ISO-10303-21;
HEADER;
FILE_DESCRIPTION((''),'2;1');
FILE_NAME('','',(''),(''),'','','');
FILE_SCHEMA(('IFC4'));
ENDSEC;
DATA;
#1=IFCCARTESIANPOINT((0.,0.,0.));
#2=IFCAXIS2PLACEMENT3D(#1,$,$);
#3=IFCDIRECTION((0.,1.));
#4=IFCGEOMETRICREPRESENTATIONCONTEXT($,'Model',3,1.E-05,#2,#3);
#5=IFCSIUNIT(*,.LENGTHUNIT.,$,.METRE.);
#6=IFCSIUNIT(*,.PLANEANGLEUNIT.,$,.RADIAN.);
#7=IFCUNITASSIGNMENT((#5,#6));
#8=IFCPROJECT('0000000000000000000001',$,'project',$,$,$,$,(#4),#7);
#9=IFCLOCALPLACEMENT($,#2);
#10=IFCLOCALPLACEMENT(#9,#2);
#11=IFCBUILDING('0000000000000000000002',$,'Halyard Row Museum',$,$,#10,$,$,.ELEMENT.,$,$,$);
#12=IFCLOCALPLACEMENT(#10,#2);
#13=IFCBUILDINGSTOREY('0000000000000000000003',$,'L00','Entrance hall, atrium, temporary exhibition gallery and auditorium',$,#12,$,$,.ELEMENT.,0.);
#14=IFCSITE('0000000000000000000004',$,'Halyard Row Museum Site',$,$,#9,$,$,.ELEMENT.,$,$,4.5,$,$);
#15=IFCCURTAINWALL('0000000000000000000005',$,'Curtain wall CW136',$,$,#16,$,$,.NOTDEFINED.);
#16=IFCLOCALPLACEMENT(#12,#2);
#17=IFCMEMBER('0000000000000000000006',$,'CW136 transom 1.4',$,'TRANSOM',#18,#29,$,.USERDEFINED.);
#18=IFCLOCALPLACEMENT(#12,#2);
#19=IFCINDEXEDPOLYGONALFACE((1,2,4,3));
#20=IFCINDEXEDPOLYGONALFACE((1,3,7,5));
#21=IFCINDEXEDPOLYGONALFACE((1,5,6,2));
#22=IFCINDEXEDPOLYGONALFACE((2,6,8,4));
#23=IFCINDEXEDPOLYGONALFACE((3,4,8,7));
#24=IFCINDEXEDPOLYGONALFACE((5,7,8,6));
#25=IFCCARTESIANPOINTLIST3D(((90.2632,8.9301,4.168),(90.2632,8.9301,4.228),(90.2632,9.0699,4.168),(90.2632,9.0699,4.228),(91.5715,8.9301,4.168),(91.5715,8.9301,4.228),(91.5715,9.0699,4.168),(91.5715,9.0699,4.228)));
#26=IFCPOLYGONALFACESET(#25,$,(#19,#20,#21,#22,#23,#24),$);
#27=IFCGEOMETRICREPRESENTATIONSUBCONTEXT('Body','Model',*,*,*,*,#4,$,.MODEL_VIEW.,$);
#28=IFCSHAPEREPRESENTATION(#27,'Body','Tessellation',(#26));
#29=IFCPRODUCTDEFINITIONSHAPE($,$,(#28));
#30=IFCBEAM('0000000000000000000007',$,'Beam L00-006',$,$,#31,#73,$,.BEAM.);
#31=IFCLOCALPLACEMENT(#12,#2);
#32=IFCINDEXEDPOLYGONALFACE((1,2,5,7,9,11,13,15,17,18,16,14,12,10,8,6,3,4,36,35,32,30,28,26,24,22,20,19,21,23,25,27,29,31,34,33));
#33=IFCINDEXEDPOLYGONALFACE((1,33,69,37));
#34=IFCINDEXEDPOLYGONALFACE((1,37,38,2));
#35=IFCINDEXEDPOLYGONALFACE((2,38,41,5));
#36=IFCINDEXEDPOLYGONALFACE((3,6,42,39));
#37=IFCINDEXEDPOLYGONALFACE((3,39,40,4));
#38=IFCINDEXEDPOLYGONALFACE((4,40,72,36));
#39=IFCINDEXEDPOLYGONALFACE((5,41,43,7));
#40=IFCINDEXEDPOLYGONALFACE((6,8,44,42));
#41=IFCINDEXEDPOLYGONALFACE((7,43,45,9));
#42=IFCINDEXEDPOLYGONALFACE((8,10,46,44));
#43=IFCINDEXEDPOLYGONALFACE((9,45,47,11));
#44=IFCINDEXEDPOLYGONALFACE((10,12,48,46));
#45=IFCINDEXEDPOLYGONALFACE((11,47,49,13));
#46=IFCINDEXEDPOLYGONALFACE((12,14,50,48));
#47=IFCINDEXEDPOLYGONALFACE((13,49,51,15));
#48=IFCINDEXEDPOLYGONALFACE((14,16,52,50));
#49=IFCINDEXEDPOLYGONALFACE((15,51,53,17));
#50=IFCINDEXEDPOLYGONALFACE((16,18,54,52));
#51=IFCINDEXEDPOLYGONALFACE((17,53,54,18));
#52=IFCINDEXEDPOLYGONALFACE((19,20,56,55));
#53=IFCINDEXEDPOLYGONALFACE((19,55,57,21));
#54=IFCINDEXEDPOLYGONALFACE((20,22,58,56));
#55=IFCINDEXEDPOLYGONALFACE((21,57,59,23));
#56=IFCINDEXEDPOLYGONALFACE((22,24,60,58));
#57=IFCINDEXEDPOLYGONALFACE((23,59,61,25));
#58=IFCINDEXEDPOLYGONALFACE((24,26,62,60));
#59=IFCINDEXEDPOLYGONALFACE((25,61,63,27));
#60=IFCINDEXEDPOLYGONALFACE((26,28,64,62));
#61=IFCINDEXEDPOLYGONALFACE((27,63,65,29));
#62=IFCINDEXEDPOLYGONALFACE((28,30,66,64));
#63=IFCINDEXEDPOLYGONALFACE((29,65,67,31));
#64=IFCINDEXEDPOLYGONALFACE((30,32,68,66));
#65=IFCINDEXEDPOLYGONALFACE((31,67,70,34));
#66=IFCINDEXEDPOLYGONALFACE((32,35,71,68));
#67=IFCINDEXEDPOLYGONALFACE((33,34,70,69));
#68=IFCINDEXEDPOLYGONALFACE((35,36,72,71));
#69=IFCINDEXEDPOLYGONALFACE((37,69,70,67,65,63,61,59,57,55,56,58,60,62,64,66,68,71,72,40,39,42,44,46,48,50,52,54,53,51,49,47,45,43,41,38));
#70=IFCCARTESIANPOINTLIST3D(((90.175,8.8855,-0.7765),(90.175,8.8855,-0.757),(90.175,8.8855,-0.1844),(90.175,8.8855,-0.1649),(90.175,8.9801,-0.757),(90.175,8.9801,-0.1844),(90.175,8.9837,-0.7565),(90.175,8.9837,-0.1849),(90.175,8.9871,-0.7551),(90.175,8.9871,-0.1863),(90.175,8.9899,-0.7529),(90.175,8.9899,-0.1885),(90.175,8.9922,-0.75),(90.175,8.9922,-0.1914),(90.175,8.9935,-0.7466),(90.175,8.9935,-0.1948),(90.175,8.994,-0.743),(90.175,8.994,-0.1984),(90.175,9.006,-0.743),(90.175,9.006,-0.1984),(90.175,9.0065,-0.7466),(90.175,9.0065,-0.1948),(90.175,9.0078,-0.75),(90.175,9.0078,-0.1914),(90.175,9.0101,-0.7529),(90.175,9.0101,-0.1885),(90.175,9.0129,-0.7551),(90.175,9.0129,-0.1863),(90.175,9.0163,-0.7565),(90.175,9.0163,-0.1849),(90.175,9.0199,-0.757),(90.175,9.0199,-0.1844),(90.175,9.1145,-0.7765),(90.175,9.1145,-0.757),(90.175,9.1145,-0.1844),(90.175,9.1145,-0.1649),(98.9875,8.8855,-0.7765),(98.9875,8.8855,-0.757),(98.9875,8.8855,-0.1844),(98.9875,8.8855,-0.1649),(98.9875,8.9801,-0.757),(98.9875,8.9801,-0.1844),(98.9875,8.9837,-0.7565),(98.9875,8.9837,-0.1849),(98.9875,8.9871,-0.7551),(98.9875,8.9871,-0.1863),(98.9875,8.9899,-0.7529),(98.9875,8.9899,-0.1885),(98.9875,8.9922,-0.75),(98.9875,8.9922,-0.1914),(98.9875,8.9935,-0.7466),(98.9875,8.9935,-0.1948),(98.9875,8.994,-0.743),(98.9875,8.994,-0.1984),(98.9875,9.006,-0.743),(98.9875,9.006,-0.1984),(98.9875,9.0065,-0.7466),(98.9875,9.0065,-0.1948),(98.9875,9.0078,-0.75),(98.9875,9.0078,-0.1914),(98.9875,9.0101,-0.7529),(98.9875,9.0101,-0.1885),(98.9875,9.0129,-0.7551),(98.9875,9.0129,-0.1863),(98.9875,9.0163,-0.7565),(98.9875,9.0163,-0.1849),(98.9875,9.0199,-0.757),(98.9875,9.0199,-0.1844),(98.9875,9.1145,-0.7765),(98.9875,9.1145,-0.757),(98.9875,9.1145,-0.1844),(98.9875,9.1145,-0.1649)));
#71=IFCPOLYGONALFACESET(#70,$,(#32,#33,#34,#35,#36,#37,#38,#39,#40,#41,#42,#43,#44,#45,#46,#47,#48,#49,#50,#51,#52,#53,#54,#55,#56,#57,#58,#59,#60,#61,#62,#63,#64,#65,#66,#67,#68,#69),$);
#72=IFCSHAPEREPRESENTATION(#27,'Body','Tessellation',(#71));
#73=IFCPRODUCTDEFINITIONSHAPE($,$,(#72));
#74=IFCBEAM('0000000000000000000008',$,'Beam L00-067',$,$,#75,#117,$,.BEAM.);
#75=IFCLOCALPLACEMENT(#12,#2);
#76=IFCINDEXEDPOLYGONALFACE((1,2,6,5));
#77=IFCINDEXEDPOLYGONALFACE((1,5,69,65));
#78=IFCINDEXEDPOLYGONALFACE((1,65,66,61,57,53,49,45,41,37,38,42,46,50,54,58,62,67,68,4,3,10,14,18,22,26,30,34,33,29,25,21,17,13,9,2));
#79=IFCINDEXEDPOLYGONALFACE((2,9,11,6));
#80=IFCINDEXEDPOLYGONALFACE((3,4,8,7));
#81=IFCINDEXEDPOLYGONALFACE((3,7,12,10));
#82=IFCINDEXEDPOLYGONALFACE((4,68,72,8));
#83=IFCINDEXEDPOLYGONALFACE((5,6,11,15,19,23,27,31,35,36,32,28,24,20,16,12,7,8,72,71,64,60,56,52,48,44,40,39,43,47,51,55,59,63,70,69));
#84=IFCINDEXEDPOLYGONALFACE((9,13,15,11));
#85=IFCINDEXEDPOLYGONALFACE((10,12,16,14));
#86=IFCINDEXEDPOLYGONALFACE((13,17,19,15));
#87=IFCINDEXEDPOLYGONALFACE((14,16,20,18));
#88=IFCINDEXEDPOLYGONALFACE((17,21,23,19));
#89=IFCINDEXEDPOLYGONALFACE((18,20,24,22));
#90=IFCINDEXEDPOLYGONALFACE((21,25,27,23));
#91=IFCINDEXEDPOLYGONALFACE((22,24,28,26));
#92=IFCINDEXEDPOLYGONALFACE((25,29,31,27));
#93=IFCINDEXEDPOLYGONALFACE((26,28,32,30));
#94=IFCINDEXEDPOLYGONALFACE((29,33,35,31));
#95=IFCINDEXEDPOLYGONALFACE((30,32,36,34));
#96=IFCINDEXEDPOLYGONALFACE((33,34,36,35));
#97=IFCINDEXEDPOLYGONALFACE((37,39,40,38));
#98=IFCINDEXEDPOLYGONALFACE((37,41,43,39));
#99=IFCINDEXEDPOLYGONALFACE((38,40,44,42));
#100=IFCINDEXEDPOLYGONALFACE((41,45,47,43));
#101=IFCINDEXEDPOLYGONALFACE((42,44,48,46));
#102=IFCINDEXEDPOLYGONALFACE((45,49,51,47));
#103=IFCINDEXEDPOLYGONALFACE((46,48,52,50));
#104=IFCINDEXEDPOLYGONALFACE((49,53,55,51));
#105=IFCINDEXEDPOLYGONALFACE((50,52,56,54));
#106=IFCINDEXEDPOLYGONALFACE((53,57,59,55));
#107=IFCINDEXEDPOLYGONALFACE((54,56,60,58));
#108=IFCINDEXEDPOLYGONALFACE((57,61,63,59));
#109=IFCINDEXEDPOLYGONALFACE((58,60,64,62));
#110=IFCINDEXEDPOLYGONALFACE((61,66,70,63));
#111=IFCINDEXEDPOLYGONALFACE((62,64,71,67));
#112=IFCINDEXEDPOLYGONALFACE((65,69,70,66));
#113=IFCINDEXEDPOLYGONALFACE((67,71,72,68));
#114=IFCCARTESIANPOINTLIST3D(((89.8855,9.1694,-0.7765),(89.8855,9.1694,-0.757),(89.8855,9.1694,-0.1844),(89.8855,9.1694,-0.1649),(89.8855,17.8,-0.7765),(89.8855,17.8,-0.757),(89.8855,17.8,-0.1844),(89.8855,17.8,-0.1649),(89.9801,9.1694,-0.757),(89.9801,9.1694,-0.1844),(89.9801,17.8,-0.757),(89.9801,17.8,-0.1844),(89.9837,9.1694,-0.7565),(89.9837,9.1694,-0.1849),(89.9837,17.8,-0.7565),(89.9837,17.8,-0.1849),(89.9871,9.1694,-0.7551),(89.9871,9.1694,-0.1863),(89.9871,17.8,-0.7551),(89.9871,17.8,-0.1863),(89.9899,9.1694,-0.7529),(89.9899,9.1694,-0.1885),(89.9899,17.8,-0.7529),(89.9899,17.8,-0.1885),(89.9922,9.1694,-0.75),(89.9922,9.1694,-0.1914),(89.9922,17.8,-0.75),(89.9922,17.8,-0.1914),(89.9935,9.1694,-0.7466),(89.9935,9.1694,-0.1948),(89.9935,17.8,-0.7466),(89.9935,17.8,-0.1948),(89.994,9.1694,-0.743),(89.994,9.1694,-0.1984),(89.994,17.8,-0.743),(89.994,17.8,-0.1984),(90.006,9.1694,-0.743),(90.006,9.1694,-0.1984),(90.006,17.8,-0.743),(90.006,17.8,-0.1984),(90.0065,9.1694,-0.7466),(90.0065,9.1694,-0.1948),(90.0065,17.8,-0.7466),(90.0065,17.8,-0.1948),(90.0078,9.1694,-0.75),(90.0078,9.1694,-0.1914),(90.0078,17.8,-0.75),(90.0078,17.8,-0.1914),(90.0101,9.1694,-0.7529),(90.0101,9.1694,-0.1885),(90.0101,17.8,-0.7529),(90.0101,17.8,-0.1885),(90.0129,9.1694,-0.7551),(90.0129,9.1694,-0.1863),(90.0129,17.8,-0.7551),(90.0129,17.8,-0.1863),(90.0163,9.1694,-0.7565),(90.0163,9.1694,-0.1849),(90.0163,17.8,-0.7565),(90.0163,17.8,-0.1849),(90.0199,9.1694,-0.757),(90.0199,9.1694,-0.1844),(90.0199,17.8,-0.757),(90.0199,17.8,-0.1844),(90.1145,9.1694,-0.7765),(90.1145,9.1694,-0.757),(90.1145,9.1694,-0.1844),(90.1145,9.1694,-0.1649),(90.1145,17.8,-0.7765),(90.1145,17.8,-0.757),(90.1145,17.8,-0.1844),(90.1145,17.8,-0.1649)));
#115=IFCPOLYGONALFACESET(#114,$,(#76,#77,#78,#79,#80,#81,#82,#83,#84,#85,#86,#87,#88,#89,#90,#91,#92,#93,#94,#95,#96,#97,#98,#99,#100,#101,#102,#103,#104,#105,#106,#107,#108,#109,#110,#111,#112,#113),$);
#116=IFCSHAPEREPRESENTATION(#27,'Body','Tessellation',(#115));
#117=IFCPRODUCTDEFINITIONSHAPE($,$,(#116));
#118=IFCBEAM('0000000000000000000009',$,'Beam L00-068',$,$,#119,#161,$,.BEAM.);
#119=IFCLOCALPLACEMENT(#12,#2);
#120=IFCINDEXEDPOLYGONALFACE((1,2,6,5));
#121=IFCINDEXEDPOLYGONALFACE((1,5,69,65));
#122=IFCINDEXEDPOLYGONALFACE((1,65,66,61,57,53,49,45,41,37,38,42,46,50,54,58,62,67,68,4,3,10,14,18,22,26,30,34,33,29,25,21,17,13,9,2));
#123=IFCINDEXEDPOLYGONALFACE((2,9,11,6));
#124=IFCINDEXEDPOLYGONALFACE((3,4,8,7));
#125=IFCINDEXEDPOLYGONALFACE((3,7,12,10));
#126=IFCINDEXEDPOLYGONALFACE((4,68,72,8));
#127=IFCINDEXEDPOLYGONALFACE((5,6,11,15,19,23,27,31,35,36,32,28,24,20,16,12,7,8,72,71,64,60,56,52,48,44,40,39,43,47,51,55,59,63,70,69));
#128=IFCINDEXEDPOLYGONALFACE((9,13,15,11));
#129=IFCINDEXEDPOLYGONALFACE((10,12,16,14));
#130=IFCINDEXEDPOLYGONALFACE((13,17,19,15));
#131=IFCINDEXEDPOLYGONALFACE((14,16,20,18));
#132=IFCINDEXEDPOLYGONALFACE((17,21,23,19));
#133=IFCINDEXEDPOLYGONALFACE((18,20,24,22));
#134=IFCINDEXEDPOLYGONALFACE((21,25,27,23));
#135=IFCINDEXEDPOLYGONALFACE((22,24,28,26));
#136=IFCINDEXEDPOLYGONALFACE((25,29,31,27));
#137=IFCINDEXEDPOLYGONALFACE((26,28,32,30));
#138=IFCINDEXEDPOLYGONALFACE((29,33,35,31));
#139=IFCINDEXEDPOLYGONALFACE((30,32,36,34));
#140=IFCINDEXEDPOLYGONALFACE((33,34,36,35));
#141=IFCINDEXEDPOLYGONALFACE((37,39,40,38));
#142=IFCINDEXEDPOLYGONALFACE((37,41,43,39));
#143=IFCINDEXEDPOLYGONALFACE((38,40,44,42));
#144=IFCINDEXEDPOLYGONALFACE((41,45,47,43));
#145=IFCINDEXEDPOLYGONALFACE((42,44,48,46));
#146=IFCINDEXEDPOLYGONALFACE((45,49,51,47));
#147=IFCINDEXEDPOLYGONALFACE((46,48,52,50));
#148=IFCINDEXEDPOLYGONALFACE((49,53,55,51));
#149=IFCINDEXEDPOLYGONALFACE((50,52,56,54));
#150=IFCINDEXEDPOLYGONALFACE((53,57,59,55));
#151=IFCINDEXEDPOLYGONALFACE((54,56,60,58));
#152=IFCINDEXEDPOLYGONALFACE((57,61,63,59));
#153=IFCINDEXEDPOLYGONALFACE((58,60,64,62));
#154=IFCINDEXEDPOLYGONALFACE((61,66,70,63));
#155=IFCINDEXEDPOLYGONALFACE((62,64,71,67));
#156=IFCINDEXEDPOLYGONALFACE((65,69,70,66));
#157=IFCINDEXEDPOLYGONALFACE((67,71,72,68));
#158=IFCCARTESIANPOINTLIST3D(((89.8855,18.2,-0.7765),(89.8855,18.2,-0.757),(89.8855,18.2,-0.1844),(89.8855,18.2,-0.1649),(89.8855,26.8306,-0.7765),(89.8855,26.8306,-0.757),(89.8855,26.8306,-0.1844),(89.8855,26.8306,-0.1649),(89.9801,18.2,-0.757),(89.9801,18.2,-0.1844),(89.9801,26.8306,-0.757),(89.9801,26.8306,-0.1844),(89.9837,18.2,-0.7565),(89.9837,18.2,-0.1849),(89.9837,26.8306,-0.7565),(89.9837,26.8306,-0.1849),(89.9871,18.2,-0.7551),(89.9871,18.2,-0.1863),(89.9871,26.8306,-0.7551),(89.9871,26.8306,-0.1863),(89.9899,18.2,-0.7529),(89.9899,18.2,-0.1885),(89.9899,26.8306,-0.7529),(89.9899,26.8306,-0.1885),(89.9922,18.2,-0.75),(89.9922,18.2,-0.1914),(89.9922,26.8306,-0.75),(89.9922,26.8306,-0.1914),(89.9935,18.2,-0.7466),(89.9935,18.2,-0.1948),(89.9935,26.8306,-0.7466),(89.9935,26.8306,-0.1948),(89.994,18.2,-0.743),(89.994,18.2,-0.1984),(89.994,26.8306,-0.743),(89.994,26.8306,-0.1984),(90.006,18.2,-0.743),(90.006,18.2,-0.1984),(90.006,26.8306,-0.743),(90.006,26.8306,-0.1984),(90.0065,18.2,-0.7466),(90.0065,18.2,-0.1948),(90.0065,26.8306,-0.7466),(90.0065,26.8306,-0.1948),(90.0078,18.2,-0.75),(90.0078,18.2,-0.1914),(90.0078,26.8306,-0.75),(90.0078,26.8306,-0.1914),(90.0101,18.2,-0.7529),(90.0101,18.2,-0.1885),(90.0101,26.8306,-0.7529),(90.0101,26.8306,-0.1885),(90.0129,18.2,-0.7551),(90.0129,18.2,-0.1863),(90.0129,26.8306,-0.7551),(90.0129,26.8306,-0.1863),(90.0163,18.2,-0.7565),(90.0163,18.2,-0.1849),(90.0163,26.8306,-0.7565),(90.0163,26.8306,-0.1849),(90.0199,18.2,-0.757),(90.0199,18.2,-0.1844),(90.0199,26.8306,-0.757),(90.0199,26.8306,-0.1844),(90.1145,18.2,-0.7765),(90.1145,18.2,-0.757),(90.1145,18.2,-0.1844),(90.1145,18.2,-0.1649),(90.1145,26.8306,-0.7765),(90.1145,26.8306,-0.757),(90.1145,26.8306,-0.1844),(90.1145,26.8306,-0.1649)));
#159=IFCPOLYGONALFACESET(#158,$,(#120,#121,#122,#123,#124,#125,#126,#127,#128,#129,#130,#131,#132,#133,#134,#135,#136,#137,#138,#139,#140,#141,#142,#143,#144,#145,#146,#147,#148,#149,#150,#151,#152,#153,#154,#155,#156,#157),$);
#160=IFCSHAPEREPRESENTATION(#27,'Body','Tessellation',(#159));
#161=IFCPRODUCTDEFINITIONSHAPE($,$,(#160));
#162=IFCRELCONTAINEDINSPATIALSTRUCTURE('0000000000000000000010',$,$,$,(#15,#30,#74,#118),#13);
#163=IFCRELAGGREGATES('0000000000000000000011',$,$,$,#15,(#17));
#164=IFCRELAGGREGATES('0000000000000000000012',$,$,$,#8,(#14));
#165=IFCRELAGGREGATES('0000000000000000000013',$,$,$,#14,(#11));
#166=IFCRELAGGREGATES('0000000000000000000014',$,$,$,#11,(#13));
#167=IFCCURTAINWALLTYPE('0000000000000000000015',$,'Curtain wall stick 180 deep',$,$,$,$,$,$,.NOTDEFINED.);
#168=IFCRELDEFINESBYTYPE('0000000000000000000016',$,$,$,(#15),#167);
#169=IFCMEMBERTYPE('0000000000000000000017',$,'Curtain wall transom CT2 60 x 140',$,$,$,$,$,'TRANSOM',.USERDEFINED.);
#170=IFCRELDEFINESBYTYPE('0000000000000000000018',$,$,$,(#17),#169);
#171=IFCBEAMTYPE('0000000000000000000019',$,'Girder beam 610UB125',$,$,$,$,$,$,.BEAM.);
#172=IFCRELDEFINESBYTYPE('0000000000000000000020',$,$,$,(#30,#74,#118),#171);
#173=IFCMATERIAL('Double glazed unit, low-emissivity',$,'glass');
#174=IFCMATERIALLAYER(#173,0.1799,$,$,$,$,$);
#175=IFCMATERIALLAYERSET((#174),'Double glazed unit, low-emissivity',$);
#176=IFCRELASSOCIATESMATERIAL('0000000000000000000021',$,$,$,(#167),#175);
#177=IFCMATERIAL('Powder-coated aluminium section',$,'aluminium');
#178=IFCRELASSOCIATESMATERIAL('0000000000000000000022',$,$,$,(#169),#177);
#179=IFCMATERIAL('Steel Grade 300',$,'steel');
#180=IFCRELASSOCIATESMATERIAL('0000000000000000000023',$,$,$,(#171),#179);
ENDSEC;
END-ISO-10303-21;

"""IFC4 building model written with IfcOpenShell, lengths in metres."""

from ifc_helpers import new_model, si_unit, direction, frame, origin, origin_2d, place, context, subcontext, project, spatial, rectangle, i_section, extrude, material, layer, layer_set, material_profile, profile_set, type_object, element, aggregate, save


model = new_model("IFC4")

# Units and contexts
model_context = context("Model", 3, precision=1e-05, world=origin(), true_north=direction((0.0, 1.0)))
body_context = subcontext(model_context, "Body", "Model", "MODEL_VIEW")
ifc_project = project(units=[si_unit("LENGTHUNIT", "METRE"), si_unit("PLANEANGLEUNIT", "RADIAN")], contexts=[model_context])

# Site, building, storey
site_placement = place(None, origin())
site = spatial("IfcSite", under=ifc_project, at=site_placement, Name="Halyard Row Museum Site", CompositionType="ELEMENT", RefElevation=4.5)
building_placement = place(site_placement, origin())
building = spatial("IfcBuilding", under=site, at=building_placement, Name="Halyard Row Museum", CompositionType="ELEMENT")
storey_placement = place(building_placement, origin())
storey = spatial("IfcBuildingStorey", under=building, at=storey_placement, Name="L00", Description="Entrance hall, atrium, temporary exhibition gallery and auditorium", CompositionType="ELEMENT", Elevation=0.0)

# Shared definitions
ifc_material_1 = material(Name="Double glazed unit, low-emissivity", Category="glass")
ifc_layer_1 = layer(ifc_material_1, 0.1799)
ifc_layer_set_1 = layer_set([ifc_layer_1], Name="Double glazed unit, low-emissivity")
curtain_wall_type = type_object("IfcCurtainWallType", Name="Curtain wall stick 180 deep", PredefinedType="NOTDEFINED", material=ifc_layer_set_1)

# Curtain wall
curtain_wall_1_placement = place(storey_placement, origin())
curtain_wall_1 = element("IfcCurtainWall", 1, at=curtain_wall_1_placement, inside=storey, type_object=curtain_wall_type, Name="Curtain wall CW136", PredefinedType="NOTDEFINED")

# Member
ifc_material_2 = material(Name="Powder-coated aluminium section", Category="aluminium")
ifc_material_profile_1 = material_profile(ifc_material_2, rectangle(XDim=0.1399, YDim=0.0601, at=origin_2d()), Name="140x60 transom")
ifc_profile_set_1 = profile_set([ifc_material_profile_1], Name="Powder-coated aluminium section")
member_type_1 = type_object("IfcMemberType", Name="Curtain wall transom CT2 60 x 140", ElementType="TRANSOM", PredefinedType="USERDEFINED", material=ifc_profile_set_1)
member_1_placement = place(storey_placement, frame((90.2632, 9.0, 4.198), z_axis=(1.0, 0.0, 0.0), x_axis=(0.0, 1.0, 0.0)))
member_1 = element("IfcMember", 2, at=member_1_placement, type_object=member_type_1, Name="CW136 transom 1.4", ObjectType="TRANSOM", PredefinedType="USERDEFINED", context=body_context, shape_type="SweptSolid", body=[
    extrude(rectangle(XDim=0.1399, YDim=0.0601, at=origin_2d()), origin(), (0.0, 0.0, 1.0), 1.3083),
])
aggregate(curtain_wall_1, [member_1])

# Beams
ifc_material_3 = material(Name="Steel Grade 300", Category="steel")
ifc_material_profile_2 = material_profile(ifc_material_3, i_section(OverallWidth=0.229, OverallDepth=0.6116, WebThickness=0.012, FlangeThickness=0.0195, FilletRadius=0.0139, at=origin_2d()), Name="610UB125")
ifc_profile_set_2 = profile_set([ifc_material_profile_2], Name="Steel Grade 300")
beam_type_1 = type_object("IfcBeamType", Name="Girder beam 610UB125", PredefinedType="BEAM", material=ifc_profile_set_2)
beam_1_placement = place(storey_placement, frame((90.175, 9.0, -0.4707), z_axis=(1.0, 0.0, 0.0), x_axis=(0.0, 1.0, 0.0)))
element("IfcBeam", 3, at=beam_1_placement, inside=storey, type_object=beam_type_1, Name="Beam L00-006", PredefinedType="BEAM", context=body_context, shape_type="SweptSolid", body=[
    extrude(i_section(OverallWidth=0.229, OverallDepth=0.6116, WebThickness=0.012, FlangeThickness=0.0195, FilletRadius=0.0139, at=origin_2d()), origin(), (0.0, 0.0, 1.0), 8.8125),
])
for number, where, z_axis, x_axis, name in (
    (4, (90.0, 9.1694, -0.4707), (0.0, 1.0, 0.0), (-1.0, 0.0, 0.0), "Beam L00-067"),
    (5, (90.0, 18.2, -0.4707), (0.0, 1.0, 0.0), (-1.0, 0.0, 0.0), "Beam L00-068"),
):
    element("IfcBeam", number, at=place(storey_placement, frame(where, z_axis=z_axis, x_axis=x_axis)), inside=storey, type_object=beam_type_1, Name=name, PredefinedType="BEAM", context=body_context, shape_type="SweptSolid", body=[
        extrude(i_section(OverallWidth=0.229, OverallDepth=0.6116, WebThickness=0.012, FlangeThickness=0.0195, FilletRadius=0.0139, at=origin_2d()), origin(), (0.0, 0.0, 1.0), 8.6306),
    ])

save(model, "model.ifc")
